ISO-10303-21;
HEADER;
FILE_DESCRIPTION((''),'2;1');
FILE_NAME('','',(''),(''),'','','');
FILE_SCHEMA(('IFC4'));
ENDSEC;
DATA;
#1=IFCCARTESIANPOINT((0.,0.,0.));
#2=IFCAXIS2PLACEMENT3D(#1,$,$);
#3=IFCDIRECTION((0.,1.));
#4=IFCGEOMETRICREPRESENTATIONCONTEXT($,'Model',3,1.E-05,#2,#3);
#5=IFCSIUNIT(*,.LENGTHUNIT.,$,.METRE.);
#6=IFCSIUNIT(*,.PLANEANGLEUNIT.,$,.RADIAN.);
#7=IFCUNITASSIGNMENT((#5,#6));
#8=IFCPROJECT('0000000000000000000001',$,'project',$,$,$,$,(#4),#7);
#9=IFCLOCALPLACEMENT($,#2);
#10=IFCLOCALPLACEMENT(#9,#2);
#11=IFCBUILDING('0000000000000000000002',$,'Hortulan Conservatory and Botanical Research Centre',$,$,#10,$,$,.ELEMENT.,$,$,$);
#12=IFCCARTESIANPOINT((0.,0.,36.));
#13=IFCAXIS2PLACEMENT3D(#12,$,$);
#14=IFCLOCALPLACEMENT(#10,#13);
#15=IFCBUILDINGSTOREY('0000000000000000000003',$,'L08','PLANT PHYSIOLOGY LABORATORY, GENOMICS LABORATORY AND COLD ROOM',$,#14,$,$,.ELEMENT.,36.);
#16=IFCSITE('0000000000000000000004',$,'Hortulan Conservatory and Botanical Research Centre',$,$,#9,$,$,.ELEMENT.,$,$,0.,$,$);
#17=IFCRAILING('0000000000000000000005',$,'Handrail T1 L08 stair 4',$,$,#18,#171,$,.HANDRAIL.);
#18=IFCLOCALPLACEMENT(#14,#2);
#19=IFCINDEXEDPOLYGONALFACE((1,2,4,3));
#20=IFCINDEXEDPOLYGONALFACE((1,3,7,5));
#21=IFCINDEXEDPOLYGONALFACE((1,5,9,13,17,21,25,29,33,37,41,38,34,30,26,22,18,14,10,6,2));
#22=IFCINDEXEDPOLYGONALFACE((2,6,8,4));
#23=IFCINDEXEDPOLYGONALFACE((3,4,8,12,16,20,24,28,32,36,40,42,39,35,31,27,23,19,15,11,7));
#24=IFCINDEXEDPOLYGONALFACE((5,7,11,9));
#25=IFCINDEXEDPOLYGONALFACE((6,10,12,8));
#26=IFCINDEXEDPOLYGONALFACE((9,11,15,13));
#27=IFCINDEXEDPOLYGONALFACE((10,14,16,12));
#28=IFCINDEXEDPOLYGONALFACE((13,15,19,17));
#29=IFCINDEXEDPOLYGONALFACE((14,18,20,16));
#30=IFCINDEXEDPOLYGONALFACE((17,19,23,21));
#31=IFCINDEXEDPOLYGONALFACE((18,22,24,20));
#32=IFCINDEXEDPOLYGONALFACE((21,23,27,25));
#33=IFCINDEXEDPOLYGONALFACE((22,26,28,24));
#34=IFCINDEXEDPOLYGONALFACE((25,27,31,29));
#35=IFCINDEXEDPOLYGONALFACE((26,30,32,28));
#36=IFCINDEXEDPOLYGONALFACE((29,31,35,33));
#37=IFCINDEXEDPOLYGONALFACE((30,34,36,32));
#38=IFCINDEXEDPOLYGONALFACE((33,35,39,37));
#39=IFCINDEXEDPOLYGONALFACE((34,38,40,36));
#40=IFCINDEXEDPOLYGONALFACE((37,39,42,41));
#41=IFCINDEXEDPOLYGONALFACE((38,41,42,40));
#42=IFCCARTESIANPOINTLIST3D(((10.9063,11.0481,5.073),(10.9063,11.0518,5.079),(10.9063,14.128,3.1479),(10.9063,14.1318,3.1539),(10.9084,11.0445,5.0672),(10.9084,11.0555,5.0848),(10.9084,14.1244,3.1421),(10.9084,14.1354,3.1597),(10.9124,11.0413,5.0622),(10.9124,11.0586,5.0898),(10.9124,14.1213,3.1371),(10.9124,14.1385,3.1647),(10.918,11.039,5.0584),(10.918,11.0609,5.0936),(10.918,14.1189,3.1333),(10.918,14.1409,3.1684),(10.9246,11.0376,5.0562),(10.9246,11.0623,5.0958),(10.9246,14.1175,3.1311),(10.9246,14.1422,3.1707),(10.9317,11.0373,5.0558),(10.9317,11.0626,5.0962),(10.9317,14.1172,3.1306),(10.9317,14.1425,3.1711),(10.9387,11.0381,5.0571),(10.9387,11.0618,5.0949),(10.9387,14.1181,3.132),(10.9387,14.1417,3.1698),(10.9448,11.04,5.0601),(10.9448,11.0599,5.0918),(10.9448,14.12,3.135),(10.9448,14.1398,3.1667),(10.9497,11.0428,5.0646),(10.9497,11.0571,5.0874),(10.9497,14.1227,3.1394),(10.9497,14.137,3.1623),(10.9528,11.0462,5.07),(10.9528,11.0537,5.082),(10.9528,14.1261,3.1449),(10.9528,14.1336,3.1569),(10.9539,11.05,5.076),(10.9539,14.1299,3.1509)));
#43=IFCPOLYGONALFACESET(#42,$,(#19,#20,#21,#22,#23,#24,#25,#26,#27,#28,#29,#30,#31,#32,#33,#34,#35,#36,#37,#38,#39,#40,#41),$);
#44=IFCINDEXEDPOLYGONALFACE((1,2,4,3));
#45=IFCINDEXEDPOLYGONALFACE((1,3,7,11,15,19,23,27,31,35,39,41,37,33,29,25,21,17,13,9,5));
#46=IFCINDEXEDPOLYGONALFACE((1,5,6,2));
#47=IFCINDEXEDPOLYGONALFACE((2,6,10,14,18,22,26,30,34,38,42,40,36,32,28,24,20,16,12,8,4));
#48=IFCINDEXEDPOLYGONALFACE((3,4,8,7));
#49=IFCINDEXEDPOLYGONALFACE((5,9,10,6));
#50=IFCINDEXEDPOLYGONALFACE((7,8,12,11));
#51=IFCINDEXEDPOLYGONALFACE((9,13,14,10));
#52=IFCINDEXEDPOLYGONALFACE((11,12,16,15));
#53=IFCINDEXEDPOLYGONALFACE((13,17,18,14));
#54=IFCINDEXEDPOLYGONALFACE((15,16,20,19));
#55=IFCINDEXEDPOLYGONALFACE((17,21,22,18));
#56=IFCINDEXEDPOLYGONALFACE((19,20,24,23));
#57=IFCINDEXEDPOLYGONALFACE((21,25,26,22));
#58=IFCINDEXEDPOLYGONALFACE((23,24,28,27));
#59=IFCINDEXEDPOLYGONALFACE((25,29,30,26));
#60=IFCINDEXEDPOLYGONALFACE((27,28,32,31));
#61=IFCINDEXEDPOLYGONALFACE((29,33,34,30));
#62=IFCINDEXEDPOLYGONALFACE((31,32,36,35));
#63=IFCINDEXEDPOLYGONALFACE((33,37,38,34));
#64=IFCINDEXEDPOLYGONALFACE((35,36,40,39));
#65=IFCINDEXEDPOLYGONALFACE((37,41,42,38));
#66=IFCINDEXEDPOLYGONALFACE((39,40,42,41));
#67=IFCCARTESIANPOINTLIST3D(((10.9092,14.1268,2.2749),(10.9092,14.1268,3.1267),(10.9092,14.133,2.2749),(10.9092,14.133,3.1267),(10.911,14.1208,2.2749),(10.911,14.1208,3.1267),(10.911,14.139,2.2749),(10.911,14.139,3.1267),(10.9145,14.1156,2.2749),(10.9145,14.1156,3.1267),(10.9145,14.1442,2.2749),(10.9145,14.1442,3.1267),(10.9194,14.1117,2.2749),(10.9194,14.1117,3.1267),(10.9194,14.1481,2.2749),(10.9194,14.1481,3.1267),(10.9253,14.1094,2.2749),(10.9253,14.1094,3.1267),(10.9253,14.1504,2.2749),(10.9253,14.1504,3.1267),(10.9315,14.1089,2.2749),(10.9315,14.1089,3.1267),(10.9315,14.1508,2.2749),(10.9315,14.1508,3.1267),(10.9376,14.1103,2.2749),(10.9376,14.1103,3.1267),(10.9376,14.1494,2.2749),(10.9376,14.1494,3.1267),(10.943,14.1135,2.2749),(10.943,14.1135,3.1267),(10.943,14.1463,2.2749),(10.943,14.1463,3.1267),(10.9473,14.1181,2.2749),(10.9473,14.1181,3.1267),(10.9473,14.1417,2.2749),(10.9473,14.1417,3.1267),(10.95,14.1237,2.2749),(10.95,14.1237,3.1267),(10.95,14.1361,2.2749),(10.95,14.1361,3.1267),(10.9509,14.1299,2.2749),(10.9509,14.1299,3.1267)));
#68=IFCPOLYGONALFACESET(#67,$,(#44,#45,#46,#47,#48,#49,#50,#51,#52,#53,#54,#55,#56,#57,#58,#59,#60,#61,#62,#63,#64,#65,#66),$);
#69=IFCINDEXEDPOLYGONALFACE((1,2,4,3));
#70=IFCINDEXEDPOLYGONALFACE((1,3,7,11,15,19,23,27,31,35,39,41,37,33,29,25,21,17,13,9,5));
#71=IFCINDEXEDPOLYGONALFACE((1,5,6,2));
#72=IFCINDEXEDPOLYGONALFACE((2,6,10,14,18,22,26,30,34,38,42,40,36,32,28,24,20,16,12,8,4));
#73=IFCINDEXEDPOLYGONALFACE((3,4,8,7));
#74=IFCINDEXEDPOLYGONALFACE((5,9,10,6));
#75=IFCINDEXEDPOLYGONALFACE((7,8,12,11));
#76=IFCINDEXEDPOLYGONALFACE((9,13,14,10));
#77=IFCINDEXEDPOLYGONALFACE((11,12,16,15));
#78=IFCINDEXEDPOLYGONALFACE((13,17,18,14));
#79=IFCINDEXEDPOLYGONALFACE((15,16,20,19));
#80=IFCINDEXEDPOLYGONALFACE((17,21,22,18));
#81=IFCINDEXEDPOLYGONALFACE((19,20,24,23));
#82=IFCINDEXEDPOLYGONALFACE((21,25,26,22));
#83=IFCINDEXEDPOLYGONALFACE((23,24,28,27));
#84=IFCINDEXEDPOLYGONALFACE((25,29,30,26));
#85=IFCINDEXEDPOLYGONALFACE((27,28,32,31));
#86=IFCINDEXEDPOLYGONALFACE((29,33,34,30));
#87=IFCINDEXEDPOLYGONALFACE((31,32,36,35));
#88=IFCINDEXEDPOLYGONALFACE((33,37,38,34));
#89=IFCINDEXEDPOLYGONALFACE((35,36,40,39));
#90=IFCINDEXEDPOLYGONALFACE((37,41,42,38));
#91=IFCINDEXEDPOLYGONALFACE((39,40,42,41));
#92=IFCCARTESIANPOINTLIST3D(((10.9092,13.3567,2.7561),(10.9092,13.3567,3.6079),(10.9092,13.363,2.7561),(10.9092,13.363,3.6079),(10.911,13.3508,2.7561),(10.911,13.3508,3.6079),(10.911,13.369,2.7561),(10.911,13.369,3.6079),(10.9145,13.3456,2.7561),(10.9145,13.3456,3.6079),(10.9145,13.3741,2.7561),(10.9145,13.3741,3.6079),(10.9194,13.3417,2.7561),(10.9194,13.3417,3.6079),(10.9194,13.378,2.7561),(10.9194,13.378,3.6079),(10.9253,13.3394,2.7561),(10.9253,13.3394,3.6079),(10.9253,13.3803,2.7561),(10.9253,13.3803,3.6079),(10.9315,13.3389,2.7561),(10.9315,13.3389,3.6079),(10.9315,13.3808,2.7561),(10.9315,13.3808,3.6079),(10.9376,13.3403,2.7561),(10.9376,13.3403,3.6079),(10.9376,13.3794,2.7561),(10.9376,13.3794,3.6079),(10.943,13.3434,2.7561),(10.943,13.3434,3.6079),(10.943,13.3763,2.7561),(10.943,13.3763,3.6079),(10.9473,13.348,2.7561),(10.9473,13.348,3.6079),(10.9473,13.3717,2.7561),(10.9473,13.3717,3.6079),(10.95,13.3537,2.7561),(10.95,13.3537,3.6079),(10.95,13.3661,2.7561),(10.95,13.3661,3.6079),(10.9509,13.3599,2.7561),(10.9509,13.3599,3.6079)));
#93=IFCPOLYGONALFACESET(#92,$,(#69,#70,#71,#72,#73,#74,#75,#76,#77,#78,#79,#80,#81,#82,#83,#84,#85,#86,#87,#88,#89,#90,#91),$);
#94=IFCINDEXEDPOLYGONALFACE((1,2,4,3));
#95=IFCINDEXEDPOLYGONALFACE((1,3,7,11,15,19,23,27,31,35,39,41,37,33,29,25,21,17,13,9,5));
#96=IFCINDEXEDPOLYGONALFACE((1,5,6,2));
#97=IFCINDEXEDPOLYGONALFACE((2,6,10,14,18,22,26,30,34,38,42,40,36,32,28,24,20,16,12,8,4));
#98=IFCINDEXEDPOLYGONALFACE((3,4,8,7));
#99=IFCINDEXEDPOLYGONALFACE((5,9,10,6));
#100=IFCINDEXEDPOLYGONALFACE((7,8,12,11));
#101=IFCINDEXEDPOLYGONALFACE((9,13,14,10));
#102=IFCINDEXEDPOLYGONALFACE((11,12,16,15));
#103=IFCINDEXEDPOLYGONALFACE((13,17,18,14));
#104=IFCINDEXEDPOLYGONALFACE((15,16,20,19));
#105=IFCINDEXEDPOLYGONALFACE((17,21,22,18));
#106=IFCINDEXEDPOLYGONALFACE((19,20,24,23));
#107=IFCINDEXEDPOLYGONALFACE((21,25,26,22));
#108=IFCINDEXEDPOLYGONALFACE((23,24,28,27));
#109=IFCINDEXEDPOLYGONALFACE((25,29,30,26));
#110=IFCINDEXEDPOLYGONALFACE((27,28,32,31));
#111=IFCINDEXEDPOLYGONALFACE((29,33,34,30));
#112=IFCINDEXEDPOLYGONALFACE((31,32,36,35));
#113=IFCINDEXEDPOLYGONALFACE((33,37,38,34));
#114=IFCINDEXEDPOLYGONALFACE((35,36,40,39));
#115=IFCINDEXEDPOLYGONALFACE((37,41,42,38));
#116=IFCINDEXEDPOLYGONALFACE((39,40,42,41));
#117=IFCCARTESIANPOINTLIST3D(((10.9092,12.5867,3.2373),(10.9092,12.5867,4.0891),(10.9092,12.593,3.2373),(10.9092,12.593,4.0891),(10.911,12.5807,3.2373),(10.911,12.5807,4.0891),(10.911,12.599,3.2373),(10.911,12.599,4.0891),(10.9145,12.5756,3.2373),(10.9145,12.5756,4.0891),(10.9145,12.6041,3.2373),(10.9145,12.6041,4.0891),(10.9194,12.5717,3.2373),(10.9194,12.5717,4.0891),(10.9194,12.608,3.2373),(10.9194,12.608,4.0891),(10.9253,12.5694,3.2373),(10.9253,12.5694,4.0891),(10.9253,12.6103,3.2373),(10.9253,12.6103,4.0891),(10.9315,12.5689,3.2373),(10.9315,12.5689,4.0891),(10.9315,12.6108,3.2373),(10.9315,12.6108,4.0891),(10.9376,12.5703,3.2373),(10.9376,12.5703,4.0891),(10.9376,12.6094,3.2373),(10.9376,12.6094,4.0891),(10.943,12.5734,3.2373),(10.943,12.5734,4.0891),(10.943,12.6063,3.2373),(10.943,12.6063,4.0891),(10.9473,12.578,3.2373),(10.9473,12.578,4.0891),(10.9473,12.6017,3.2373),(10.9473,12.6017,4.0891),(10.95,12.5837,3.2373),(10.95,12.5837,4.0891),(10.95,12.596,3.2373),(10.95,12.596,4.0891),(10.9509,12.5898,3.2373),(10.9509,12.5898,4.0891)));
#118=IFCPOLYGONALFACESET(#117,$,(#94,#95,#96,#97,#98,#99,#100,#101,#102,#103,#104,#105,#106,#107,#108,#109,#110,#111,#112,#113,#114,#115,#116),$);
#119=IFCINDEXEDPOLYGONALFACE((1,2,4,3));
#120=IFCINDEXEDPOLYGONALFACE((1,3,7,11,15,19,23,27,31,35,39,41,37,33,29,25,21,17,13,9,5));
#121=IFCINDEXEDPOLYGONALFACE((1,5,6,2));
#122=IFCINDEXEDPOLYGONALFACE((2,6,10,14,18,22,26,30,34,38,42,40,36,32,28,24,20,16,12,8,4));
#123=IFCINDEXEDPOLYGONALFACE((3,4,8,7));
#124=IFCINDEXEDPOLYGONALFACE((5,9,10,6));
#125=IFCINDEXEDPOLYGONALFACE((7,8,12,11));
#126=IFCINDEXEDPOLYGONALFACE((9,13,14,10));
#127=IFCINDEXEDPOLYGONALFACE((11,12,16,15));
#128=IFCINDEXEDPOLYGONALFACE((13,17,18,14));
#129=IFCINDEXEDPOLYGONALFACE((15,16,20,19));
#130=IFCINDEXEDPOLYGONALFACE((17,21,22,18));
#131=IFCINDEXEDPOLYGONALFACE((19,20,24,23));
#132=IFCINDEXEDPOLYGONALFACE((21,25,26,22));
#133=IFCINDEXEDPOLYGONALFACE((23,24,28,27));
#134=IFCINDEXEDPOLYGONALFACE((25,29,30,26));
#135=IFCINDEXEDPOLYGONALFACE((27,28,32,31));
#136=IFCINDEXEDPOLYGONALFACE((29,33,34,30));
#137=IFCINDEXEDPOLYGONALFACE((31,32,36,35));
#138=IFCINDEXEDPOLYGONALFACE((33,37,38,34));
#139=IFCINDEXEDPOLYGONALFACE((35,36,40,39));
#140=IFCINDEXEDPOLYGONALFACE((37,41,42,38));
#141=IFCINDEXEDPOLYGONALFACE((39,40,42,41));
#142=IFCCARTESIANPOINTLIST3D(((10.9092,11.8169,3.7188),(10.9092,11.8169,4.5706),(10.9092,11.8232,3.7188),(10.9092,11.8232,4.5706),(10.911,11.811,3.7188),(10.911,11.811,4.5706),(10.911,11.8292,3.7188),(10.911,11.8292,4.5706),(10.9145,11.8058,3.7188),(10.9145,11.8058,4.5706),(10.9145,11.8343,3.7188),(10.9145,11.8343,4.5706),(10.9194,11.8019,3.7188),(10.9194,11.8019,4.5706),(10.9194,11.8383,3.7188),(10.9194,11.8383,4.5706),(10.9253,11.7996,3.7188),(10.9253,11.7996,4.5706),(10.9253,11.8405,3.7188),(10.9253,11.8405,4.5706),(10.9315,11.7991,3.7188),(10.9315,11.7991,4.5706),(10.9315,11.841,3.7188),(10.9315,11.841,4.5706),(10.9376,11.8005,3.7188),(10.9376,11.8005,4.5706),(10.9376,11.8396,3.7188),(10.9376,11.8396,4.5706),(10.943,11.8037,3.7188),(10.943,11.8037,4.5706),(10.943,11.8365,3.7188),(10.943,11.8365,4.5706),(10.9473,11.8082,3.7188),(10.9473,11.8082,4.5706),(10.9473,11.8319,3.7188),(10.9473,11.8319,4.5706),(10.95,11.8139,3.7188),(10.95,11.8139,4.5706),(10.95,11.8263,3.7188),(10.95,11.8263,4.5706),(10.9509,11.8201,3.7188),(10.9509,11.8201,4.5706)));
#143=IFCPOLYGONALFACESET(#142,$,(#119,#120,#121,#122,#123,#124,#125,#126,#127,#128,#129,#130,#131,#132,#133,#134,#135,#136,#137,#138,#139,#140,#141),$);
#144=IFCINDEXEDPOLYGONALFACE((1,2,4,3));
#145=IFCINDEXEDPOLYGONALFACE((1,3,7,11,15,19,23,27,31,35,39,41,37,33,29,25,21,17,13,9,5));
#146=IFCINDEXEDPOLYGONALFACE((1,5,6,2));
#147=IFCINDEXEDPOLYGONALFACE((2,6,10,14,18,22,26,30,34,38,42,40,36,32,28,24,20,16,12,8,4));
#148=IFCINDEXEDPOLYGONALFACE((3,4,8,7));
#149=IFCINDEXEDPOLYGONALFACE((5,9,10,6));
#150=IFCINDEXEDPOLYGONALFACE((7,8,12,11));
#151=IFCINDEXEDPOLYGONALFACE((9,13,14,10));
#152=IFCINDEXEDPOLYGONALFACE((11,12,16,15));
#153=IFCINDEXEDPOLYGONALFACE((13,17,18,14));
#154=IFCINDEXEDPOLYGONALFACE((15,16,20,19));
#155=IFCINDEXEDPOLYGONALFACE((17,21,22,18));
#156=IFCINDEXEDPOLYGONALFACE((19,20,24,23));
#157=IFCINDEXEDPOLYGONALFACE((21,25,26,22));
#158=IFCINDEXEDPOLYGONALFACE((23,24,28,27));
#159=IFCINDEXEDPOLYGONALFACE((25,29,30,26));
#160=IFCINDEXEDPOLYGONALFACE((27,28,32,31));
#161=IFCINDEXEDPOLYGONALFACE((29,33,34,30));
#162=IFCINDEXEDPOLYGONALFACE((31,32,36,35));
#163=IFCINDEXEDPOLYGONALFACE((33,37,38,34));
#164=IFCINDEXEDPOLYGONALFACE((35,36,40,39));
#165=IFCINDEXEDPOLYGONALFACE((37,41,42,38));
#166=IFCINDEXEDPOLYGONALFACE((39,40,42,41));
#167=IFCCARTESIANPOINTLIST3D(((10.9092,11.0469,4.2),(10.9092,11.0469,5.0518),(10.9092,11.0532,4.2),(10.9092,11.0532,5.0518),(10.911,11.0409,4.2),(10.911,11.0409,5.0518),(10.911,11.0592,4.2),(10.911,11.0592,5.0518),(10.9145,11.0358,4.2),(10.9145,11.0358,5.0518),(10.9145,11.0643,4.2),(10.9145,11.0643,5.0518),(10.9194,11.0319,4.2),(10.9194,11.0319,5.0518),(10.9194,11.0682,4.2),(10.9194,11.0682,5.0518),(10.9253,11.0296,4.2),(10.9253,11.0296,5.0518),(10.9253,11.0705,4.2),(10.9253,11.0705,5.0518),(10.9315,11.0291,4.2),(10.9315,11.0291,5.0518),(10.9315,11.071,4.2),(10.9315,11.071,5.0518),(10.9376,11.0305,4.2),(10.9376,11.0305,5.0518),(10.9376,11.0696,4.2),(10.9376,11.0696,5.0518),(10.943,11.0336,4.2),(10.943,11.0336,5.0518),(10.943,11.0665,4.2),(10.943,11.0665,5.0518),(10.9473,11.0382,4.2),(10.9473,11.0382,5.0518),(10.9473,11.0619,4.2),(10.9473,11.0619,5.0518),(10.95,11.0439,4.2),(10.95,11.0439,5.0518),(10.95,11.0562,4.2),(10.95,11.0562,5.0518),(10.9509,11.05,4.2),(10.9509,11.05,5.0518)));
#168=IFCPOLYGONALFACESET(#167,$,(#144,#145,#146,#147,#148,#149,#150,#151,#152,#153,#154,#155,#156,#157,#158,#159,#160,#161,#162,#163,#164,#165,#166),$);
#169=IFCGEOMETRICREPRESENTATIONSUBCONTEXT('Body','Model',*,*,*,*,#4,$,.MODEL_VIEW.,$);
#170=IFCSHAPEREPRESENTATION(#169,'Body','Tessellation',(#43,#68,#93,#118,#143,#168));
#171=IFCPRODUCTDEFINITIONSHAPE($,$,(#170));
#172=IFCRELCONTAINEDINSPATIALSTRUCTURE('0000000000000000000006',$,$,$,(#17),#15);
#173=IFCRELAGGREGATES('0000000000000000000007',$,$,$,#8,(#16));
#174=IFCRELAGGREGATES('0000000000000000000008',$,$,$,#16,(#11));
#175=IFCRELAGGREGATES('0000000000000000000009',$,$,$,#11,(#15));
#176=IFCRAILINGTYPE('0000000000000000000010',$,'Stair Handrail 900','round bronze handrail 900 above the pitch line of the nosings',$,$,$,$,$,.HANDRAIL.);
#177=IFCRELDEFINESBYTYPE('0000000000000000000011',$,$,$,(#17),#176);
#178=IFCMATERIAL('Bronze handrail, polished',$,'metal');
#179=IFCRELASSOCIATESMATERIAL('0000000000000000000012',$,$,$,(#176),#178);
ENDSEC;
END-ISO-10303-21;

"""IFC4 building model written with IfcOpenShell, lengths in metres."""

from ifc_helpers import new_model, si_unit, direction, frame, origin, origin_2d, place, context, subcontext, project, spatial, circle, extrude, material, type_object, element, save


model = new_model("IFC4")

# Units and contexts
model_context = context("Model", 3, precision=1e-05, world=origin(), true_north=direction((0.0, 1.0)))
body_context = subcontext(model_context, "Body", "Model", "MODEL_VIEW")
ifc_project = project(units=[si_unit("LENGTHUNIT", "METRE"), si_unit("PLANEANGLEUNIT", "RADIAN")], contexts=[model_context])

# Site, building, storey
site_placement = place(None, origin())
site = spatial("IfcSite", under=ifc_project, at=site_placement, Name="Hortulan Conservatory and Botanical Research Centre", CompositionType="ELEMENT", RefElevation=0.0)
building_placement = place(site_placement, origin())
building = spatial("IfcBuilding", under=site, at=building_placement, Name="Hortulan Conservatory and Botanical Research Centre", CompositionType="ELEMENT")
storey_placement = place(building_placement, frame((0.0, 0.0, 36.0)))
storey = spatial("IfcBuildingStorey", under=building, at=storey_placement, Name="L08", Description="PLANT PHYSIOLOGY LABORATORY, GENOMICS LABORATORY AND COLD ROOM", CompositionType="ELEMENT", Elevation=36.0)

# Railing
ifc_material_1 = material(Name="Bronze handrail, polished", Category="metal")
railing_type_1 = type_object("IfcRailingType", Name="Stair Handrail 900", Description="round bronze handrail 900 above the pitch line of the nosings", PredefinedType="HANDRAIL", material=ifc_material_1)
railing_1_placement = place(storey_placement, frame((10.9299, 14.1299, 2.2749)))
element("IfcRailing", 1, at=railing_1_placement, inside=storey, type_object=railing_type_1, Name="Handrail T1 L08 stair 4", PredefinedType="HANDRAIL", context=body_context, shape_type="SweptSolid", body=[
    extrude(circle(Radius=0.0239, at=origin_2d()), frame((0.0, 0.0, 0.876), z_axis=(0.0, -0.847979, 0.530029), x_axis=(1.0, 0.0, 0.0)), (0.0, 0.0, 1.0), 3.6321),
    extrude(circle(Radius=0.021, at=origin_2d()), origin(), (0.0, 0.0, 1.0), 0.8518),
    extrude(circle(Radius=0.021, at=origin_2d()), frame((0.0, -0.77, 0.4812)), (0.0, 0.0, 1.0), 0.8518),
    extrude(circle(Radius=0.021, at=origin_2d()), frame((0.0, -1.54, 0.9624)), (0.0, 0.0, 1.0), 0.8518),
    extrude(circle(Radius=0.021, at=origin_2d()), frame((0.0, -2.3098, 1.4438)), (0.0, 0.0, 1.0), 0.8518),
    extrude(circle(Radius=0.021, at=origin_2d()), frame((0.0, -3.0798, 1.925)), (0.0, 0.0, 1.0), 0.8518),
])

save(model, "model.ifc")
